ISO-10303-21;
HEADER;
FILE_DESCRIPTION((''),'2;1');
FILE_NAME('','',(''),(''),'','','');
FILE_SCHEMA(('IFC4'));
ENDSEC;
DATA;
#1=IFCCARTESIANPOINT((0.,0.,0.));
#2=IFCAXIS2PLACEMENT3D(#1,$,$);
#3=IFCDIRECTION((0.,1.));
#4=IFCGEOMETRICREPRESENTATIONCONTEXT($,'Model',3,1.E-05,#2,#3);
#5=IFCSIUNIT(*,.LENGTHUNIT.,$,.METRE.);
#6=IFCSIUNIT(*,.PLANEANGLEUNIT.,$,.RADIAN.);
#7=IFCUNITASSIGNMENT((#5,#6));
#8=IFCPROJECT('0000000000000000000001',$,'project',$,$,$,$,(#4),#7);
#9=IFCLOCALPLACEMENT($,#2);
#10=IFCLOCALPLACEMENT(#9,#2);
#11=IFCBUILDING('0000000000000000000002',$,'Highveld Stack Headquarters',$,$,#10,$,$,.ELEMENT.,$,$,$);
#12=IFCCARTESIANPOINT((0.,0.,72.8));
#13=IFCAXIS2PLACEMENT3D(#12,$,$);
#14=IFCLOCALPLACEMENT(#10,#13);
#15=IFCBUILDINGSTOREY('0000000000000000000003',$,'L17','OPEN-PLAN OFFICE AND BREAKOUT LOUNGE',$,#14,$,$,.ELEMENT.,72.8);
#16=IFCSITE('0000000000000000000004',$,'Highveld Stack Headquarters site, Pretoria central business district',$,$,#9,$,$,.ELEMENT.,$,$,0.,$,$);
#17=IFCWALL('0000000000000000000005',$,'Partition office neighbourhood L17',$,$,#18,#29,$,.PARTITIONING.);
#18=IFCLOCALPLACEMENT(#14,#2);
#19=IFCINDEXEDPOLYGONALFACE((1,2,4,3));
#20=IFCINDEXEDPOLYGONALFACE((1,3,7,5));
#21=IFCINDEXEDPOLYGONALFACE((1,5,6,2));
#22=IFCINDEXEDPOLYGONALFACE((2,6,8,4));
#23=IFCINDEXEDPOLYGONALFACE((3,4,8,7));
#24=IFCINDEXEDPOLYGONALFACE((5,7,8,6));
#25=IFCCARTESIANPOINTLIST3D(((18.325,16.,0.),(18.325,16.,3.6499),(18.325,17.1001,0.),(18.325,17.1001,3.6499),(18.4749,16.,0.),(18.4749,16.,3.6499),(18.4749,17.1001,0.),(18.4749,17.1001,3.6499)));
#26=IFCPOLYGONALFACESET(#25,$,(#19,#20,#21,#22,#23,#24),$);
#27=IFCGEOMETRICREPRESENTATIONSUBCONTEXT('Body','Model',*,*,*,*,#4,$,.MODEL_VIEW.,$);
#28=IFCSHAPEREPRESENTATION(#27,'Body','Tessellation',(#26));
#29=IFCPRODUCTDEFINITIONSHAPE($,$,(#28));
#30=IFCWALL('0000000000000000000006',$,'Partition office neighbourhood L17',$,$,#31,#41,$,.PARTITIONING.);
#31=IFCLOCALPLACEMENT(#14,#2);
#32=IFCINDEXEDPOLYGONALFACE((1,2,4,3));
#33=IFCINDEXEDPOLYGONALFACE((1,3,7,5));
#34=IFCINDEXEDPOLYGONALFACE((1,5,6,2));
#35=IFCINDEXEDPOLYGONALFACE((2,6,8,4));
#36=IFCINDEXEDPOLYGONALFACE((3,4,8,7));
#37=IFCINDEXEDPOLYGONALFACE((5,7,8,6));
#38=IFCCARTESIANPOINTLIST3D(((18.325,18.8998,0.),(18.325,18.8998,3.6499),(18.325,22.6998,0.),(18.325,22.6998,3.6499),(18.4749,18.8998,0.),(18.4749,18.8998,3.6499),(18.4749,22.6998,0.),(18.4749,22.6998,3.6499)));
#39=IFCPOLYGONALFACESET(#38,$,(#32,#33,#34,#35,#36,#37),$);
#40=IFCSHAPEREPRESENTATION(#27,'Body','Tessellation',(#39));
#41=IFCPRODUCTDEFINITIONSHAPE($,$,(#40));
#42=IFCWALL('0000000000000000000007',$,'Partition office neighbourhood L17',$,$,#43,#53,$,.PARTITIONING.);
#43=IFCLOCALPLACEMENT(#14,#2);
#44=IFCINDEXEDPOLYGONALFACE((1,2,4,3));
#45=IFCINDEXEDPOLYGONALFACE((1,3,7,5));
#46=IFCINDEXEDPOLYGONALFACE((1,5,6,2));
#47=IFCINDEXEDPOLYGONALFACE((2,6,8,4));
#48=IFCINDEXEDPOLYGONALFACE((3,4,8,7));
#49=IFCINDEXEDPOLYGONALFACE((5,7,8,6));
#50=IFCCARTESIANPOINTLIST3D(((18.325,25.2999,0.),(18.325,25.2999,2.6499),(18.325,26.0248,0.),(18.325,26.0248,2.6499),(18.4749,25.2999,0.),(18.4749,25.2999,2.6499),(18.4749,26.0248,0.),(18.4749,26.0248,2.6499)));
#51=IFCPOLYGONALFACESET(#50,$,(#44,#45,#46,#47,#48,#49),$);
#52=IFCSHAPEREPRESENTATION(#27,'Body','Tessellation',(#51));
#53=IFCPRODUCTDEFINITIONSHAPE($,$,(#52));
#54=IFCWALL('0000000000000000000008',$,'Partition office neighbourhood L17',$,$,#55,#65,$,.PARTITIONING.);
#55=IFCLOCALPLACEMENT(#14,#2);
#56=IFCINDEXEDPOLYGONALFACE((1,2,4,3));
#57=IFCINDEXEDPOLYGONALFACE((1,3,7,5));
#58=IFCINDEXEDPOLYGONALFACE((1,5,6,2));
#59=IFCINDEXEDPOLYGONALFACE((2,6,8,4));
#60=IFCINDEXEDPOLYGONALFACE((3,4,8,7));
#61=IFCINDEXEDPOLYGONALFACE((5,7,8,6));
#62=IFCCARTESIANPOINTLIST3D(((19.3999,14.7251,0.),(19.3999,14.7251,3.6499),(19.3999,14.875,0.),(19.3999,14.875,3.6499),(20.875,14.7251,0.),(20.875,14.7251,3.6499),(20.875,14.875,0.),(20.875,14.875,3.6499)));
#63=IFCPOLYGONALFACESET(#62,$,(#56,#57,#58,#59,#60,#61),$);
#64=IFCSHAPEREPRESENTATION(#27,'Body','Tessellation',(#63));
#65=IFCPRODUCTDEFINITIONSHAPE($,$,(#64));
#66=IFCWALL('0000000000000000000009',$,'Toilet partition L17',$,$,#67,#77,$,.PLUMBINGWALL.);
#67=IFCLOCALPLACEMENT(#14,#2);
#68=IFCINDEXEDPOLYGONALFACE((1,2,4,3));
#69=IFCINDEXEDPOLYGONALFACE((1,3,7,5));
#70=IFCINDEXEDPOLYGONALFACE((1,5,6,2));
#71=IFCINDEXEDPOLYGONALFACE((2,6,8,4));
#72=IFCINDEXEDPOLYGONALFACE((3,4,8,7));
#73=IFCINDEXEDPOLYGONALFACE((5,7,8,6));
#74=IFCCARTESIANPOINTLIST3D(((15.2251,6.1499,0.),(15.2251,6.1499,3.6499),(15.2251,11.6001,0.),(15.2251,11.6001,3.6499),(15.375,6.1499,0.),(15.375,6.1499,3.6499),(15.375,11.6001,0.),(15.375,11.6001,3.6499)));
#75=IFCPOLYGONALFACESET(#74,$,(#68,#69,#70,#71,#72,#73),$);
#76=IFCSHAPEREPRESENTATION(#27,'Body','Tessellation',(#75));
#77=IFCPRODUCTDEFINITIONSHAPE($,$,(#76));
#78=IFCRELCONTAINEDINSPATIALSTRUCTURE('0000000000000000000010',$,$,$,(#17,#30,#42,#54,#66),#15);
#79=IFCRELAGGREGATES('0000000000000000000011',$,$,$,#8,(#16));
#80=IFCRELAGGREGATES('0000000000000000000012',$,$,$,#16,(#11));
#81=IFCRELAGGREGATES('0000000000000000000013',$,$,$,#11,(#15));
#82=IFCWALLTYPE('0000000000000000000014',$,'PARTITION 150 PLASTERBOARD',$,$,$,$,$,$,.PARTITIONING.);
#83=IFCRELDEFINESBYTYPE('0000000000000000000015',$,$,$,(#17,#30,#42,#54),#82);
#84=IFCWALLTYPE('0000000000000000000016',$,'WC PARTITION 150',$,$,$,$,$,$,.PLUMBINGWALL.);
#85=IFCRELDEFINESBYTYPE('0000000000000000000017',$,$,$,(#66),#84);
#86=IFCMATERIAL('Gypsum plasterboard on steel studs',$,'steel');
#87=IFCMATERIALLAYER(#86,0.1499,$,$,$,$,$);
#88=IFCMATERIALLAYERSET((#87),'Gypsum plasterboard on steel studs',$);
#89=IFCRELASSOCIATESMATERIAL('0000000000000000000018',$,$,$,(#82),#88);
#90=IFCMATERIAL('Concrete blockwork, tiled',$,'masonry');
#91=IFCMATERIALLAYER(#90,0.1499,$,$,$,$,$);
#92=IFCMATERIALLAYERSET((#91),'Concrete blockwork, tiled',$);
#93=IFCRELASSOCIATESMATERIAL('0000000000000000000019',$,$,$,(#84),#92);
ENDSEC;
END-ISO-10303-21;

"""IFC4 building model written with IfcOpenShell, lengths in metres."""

from ifc_helpers import new_model, si_unit, direction, frame, frame_2d, origin, place, context, subcontext, project, spatial, rectangle, extrude, material, layer, layer_set, type_object, element, save


model = new_model("IFC4")

# Units and contexts
model_context = context("Model", 3, precision=1e-05, world=origin(), true_north=direction((0.0, 1.0)))
body_context = subcontext(model_context, "Body", "Model", "MODEL_VIEW")
ifc_project = project(units=[si_unit("LENGTHUNIT", "METRE"), si_unit("PLANEANGLEUNIT", "RADIAN")], contexts=[model_context])

# Site, building, storey
site_placement = place(None, origin())
site = spatial("IfcSite", under=ifc_project, at=site_placement, Name="Highveld Stack Headquarters site, Pretoria central business district", CompositionType="ELEMENT", RefElevation=0.0)
building_placement = place(site_placement, origin())
building = spatial("IfcBuilding", under=site, at=building_placement, Name="Highveld Stack Headquarters", CompositionType="ELEMENT")
storey_placement = place(building_placement, frame((0.0, 0.0, 72.8)))
storey = spatial("IfcBuildingStorey", under=building, at=storey_placement, Name="L17", Description="OPEN-PLAN OFFICE AND BREAKOUT LOUNGE", CompositionType="ELEMENT", Elevation=72.8)

# Shared definitions
ifc_material_1 = material(Name="Gypsum plasterboard on steel studs", Category="steel")
ifc_layer_1 = layer(ifc_material_1, 0.1499)
ifc_layer_set_1 = layer_set([ifc_layer_1], Name="Gypsum plasterboard on steel studs")
wall_type_1 = type_object("IfcWallType", Name="PARTITION 150 PLASTERBOARD", PredefinedType="PARTITIONING", material=ifc_layer_set_1)

# Walls
wall_1_placement = place(storey_placement, frame((18.3999, 16.0, 0.0), z_axis=(0.0, 0.0, 1.0), x_axis=(0.0, 1.0, 0.0)))
element("IfcWall", 1, at=wall_1_placement, inside=storey, type_object=wall_type_1, Name="Partition office neighbourhood L17", PredefinedType="PARTITIONING", context=body_context, shape_type="SweptSolid", body=[
    extrude(rectangle(XDim=1.1001, YDim=0.1499, at=frame_2d((0.55, 0.0))), origin(), (0.0, 0.0, 1.0), 3.6499),
])
wall_2_placement = place(storey_placement, frame((18.3999, 18.8999, 0.0), z_axis=(0.0, 0.0, 1.0), x_axis=(0.0, 1.0, 0.0)))
element("IfcWall", 2, at=wall_2_placement, inside=storey, type_object=wall_type_1, Name="Partition office neighbourhood L17", PredefinedType="PARTITIONING", context=body_context, shape_type="SweptSolid", body=[
    extrude(rectangle(XDim=3.8, YDim=0.1499, at=frame_2d((1.8999, 0.0))), origin(), (0.0, 0.0, 1.0), 3.6499),
])
wall_3_placement = place(storey_placement, frame((18.3999, 25.3, 0.0), z_axis=(0.0, 0.0, 1.0), x_axis=(0.0, 1.0, 0.0)))
element("IfcWall", 3, at=wall_3_placement, inside=storey, type_object=wall_type_1, Name="Partition office neighbourhood L17", PredefinedType="PARTITIONING", context=body_context, shape_type="SweptSolid", body=[
    extrude(rectangle(XDim=0.7249, YDim=0.1499, at=frame_2d((0.3623, 0.0))), origin(), (0.0, 0.0, 1.0), 2.6499),
])
wall_4_placement = place(storey_placement, frame((19.3999, 14.8, 0.0), z_axis=(0.0, 0.0, 1.0), x_axis=(1.0, 0.0, 0.0)))
element("IfcWall", 4, at=wall_4_placement, inside=storey, type_object=wall_type_1, Name="Partition office neighbourhood L17", PredefinedType="PARTITIONING", context=body_context, shape_type="SweptSolid", body=[
    extrude(rectangle(XDim=1.4751, YDim=0.1499, at=frame_2d((0.7375, 0.0))), origin(), (0.0, 0.0, 1.0), 3.6499),
])
ifc_material_2 = material(Name="Concrete blockwork, tiled", Category="masonry")
ifc_layer_2 = layer(ifc_material_2, 0.1499)
ifc_layer_set_2 = layer_set([ifc_layer_2], Name="Concrete blockwork, tiled")
wall_type_2 = type_object("IfcWallType", Name="WC PARTITION 150", PredefinedType="PLUMBINGWALL", material=ifc_layer_set_2)
wall_5_placement = place(storey_placement, frame((15.3, 6.1499, 0.0), z_axis=(0.0, 0.0, 1.0), x_axis=(0.0, 1.0, 0.0)))
element("IfcWall", 5, at=wall_5_placement, inside=storey, type_object=wall_type_2, Name="Toilet partition L17", PredefinedType="PLUMBINGWALL", context=body_context, shape_type="SweptSolid", body=[
    extrude(rectangle(XDim=5.4502, YDim=0.1499, at=frame_2d((2.7251, 0.0))), origin(), (0.0, 0.0, 1.0), 3.6499),
])

save(model, "model.ifc")
